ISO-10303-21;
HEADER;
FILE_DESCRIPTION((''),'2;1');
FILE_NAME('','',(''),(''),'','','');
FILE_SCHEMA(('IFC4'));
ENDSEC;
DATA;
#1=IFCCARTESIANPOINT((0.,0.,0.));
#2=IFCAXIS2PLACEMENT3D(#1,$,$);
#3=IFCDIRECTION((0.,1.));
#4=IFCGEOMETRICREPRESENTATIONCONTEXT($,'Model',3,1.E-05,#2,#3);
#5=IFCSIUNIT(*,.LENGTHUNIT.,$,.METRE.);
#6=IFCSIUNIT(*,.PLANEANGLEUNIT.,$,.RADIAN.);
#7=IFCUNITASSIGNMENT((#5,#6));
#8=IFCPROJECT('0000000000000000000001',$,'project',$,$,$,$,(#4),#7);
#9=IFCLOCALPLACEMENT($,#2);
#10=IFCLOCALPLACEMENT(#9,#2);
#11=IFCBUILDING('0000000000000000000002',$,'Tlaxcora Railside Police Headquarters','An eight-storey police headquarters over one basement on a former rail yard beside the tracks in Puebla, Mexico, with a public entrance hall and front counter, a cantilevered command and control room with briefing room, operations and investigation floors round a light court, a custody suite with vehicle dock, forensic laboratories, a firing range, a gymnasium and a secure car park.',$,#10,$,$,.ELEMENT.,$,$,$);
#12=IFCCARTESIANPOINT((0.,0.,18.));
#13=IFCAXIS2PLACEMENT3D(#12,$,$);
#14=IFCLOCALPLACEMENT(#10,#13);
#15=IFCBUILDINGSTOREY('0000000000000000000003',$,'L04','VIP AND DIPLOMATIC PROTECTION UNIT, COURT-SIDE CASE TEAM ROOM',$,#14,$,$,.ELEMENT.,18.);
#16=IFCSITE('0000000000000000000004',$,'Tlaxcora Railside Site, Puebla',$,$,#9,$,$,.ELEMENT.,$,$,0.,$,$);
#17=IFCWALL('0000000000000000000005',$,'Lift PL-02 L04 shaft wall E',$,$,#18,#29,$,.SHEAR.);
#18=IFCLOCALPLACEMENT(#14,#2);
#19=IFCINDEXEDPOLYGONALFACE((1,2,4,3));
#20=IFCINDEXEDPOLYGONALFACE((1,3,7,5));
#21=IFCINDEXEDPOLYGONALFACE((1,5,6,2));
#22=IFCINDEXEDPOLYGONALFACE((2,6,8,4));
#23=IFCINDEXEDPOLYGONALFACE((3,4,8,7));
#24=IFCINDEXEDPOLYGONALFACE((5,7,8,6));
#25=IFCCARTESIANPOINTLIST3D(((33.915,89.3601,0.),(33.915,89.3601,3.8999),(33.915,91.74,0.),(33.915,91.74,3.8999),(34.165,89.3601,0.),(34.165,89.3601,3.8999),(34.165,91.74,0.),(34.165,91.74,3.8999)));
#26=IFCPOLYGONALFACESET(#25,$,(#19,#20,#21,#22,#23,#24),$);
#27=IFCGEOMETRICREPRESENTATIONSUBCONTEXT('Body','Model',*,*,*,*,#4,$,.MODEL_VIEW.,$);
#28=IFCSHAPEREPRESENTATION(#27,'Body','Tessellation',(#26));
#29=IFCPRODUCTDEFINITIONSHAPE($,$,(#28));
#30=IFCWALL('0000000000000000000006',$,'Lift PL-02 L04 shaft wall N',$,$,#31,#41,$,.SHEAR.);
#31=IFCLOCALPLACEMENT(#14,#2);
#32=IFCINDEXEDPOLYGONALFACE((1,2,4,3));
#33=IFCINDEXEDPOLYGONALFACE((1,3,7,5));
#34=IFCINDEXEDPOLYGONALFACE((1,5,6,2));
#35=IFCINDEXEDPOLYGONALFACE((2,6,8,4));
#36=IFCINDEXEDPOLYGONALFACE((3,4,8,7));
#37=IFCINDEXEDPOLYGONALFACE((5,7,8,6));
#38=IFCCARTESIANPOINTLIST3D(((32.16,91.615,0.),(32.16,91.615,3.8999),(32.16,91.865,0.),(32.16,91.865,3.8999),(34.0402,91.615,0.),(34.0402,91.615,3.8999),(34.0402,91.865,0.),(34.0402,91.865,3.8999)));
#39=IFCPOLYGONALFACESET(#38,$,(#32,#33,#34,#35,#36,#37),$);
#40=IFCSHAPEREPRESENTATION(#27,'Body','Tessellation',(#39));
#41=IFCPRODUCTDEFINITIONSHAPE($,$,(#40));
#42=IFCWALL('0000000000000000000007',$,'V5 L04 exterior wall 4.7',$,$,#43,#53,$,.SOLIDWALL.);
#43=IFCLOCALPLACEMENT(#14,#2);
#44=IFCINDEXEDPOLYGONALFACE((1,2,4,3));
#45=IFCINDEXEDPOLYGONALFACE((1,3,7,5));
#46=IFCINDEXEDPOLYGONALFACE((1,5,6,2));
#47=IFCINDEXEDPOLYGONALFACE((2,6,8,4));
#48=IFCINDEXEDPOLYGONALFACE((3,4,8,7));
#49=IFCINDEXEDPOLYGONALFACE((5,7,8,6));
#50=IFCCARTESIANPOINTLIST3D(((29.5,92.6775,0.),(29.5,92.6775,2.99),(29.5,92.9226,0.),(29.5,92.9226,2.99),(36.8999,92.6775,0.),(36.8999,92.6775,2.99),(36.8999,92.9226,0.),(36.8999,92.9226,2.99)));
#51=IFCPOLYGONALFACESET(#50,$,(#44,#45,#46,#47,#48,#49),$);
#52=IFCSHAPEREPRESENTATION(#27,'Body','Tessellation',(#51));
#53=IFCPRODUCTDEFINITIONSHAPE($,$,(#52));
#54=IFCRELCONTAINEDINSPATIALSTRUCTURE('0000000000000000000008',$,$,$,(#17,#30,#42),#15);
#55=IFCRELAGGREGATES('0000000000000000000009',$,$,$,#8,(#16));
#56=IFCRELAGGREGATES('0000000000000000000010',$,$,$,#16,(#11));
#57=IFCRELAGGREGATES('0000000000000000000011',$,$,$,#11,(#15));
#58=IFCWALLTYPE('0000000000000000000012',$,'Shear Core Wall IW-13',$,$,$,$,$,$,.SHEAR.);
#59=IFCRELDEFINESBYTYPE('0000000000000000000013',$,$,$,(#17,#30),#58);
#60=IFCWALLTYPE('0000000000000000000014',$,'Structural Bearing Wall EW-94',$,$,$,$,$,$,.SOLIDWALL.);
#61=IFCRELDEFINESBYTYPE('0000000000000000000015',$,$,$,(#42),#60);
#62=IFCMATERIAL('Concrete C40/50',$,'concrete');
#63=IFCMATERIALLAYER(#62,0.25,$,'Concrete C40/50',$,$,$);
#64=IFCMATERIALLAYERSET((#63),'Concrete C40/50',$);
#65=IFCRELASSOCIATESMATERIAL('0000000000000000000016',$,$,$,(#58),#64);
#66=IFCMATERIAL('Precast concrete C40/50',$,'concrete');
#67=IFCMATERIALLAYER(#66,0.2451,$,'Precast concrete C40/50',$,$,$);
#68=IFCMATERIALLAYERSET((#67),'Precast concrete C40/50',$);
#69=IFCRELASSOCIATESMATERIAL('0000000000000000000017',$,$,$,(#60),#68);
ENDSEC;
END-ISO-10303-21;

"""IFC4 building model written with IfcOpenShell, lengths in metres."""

from ifc_helpers import new_model, si_unit, direction, frame, frame_2d, origin, place, context, subcontext, project, spatial, rectangle, extrude, material, layer, layer_set, type_object, element, save


model = new_model("IFC4")

# Units and contexts
model_context = context("Model", 3, precision=1e-05, world=origin(), true_north=direction((0.0, 1.0)))
body_context = subcontext(model_context, "Body", "Model", "MODEL_VIEW")
ifc_project = project(units=[si_unit("LENGTHUNIT", "METRE"), si_unit("PLANEANGLEUNIT", "RADIAN")], contexts=[model_context])

# Site, building, storey
site_placement = place(None, origin())
site = spatial("IfcSite", under=ifc_project, at=site_placement, Name="Tlaxcora Railside Site, Puebla", CompositionType="ELEMENT", RefElevation=0.0)
building_placement = place(site_placement, origin())
building = spatial("IfcBuilding", under=site, at=building_placement, Name="Tlaxcora Railside Police Headquarters", Description="An eight-storey police headquarters over one basement on a former rail yard beside the tracks in Puebla, Mexico, with a public entrance hall and front counter, a cantilevered command and control room with briefing room, operations and investigation floors round a light court, a custody suite with vehicle dock, forensic laboratories, a firing range, a gymnasium and a secure car park.", CompositionType="ELEMENT")
storey_placement = place(building_placement, frame((0.0, 0.0, 18.0)))
storey = spatial("IfcBuildingStorey", under=building, at=storey_placement, Name="L04", Description="VIP AND DIPLOMATIC PROTECTION UNIT, COURT-SIDE CASE TEAM ROOM", CompositionType="ELEMENT", Elevation=18.0)

# Shared definitions
ifc_material_1 = material(Name="Concrete C40/50", Category="concrete")

# Shared definitions
ifc_layer_1 = layer(ifc_material_1, 0.25, Name="Concrete C40/50")
ifc_layer_set_1 = layer_set([ifc_layer_1], Name="Concrete C40/50")
wall_type_1 = type_object("IfcWallType", Name="Shear Core Wall IW-13", PredefinedType="SHEAR", material=ifc_layer_set_1)

# Walls
wall_1_placement = place(storey_placement, frame((34.04, 89.3601, 0.0), z_axis=(0.0, 0.0, 1.0), x_axis=(0.0, 1.0, 0.0)))
element("IfcWall", 1, at=wall_1_placement, inside=storey, type_object=wall_type_1, Name="Lift PL-02 L04 shaft wall E", PredefinedType="SHEAR", context=body_context, shape_type="SweptSolid", body=[
    extrude(rectangle(XDim=2.3799, YDim=0.25, at=frame_2d((1.1899, 0.0))), origin(), (0.0, 0.0, 1.0), 3.8999),
])
wall_2_placement = place(storey_placement, frame((34.04, 91.74, 0.0), z_axis=(0.0, 0.0, 1.0), x_axis=(-1.0, 0.0, 0.0)))
element("IfcWall", 2, at=wall_2_placement, inside=storey, type_object=wall_type_1, Name="Lift PL-02 L04 shaft wall N", PredefinedType="SHEAR", context=body_context, shape_type="SweptSolid", body=[
    extrude(rectangle(XDim=1.8801, YDim=0.25, at=frame_2d((0.9399, 0.0))), origin(), (0.0, 0.0, 1.0), 3.8999),
])
ifc_material_2 = material(Name="Precast concrete C40/50", Category="concrete")
ifc_layer_2 = layer(ifc_material_2, 0.2451, Name="Precast concrete C40/50")
ifc_layer_set_2 = layer_set([ifc_layer_2], Name="Precast concrete C40/50")
wall_type_2 = type_object("IfcWallType", Name="Structural Bearing Wall EW-94", PredefinedType="SOLIDWALL", material=ifc_layer_set_2)
wall_3_placement = place(storey_placement, frame((36.8999, 92.8, 0.0), z_axis=(0.0, 0.0, 1.0), x_axis=(-1.0, 0.0, 0.0)))
element("IfcWall", 3, at=wall_3_placement, inside=storey, type_object=wall_type_2, Name="V5 L04 exterior wall 4.7", PredefinedType="SOLIDWALL", context=body_context, shape_type="SweptSolid", body=[
    extrude(rectangle(XDim=7.3999, YDim=0.2451, at=frame_2d((3.7, 0.0))), origin(), (0.0, 0.0, 1.0), 2.99),
])

save(model, "model.ifc")
